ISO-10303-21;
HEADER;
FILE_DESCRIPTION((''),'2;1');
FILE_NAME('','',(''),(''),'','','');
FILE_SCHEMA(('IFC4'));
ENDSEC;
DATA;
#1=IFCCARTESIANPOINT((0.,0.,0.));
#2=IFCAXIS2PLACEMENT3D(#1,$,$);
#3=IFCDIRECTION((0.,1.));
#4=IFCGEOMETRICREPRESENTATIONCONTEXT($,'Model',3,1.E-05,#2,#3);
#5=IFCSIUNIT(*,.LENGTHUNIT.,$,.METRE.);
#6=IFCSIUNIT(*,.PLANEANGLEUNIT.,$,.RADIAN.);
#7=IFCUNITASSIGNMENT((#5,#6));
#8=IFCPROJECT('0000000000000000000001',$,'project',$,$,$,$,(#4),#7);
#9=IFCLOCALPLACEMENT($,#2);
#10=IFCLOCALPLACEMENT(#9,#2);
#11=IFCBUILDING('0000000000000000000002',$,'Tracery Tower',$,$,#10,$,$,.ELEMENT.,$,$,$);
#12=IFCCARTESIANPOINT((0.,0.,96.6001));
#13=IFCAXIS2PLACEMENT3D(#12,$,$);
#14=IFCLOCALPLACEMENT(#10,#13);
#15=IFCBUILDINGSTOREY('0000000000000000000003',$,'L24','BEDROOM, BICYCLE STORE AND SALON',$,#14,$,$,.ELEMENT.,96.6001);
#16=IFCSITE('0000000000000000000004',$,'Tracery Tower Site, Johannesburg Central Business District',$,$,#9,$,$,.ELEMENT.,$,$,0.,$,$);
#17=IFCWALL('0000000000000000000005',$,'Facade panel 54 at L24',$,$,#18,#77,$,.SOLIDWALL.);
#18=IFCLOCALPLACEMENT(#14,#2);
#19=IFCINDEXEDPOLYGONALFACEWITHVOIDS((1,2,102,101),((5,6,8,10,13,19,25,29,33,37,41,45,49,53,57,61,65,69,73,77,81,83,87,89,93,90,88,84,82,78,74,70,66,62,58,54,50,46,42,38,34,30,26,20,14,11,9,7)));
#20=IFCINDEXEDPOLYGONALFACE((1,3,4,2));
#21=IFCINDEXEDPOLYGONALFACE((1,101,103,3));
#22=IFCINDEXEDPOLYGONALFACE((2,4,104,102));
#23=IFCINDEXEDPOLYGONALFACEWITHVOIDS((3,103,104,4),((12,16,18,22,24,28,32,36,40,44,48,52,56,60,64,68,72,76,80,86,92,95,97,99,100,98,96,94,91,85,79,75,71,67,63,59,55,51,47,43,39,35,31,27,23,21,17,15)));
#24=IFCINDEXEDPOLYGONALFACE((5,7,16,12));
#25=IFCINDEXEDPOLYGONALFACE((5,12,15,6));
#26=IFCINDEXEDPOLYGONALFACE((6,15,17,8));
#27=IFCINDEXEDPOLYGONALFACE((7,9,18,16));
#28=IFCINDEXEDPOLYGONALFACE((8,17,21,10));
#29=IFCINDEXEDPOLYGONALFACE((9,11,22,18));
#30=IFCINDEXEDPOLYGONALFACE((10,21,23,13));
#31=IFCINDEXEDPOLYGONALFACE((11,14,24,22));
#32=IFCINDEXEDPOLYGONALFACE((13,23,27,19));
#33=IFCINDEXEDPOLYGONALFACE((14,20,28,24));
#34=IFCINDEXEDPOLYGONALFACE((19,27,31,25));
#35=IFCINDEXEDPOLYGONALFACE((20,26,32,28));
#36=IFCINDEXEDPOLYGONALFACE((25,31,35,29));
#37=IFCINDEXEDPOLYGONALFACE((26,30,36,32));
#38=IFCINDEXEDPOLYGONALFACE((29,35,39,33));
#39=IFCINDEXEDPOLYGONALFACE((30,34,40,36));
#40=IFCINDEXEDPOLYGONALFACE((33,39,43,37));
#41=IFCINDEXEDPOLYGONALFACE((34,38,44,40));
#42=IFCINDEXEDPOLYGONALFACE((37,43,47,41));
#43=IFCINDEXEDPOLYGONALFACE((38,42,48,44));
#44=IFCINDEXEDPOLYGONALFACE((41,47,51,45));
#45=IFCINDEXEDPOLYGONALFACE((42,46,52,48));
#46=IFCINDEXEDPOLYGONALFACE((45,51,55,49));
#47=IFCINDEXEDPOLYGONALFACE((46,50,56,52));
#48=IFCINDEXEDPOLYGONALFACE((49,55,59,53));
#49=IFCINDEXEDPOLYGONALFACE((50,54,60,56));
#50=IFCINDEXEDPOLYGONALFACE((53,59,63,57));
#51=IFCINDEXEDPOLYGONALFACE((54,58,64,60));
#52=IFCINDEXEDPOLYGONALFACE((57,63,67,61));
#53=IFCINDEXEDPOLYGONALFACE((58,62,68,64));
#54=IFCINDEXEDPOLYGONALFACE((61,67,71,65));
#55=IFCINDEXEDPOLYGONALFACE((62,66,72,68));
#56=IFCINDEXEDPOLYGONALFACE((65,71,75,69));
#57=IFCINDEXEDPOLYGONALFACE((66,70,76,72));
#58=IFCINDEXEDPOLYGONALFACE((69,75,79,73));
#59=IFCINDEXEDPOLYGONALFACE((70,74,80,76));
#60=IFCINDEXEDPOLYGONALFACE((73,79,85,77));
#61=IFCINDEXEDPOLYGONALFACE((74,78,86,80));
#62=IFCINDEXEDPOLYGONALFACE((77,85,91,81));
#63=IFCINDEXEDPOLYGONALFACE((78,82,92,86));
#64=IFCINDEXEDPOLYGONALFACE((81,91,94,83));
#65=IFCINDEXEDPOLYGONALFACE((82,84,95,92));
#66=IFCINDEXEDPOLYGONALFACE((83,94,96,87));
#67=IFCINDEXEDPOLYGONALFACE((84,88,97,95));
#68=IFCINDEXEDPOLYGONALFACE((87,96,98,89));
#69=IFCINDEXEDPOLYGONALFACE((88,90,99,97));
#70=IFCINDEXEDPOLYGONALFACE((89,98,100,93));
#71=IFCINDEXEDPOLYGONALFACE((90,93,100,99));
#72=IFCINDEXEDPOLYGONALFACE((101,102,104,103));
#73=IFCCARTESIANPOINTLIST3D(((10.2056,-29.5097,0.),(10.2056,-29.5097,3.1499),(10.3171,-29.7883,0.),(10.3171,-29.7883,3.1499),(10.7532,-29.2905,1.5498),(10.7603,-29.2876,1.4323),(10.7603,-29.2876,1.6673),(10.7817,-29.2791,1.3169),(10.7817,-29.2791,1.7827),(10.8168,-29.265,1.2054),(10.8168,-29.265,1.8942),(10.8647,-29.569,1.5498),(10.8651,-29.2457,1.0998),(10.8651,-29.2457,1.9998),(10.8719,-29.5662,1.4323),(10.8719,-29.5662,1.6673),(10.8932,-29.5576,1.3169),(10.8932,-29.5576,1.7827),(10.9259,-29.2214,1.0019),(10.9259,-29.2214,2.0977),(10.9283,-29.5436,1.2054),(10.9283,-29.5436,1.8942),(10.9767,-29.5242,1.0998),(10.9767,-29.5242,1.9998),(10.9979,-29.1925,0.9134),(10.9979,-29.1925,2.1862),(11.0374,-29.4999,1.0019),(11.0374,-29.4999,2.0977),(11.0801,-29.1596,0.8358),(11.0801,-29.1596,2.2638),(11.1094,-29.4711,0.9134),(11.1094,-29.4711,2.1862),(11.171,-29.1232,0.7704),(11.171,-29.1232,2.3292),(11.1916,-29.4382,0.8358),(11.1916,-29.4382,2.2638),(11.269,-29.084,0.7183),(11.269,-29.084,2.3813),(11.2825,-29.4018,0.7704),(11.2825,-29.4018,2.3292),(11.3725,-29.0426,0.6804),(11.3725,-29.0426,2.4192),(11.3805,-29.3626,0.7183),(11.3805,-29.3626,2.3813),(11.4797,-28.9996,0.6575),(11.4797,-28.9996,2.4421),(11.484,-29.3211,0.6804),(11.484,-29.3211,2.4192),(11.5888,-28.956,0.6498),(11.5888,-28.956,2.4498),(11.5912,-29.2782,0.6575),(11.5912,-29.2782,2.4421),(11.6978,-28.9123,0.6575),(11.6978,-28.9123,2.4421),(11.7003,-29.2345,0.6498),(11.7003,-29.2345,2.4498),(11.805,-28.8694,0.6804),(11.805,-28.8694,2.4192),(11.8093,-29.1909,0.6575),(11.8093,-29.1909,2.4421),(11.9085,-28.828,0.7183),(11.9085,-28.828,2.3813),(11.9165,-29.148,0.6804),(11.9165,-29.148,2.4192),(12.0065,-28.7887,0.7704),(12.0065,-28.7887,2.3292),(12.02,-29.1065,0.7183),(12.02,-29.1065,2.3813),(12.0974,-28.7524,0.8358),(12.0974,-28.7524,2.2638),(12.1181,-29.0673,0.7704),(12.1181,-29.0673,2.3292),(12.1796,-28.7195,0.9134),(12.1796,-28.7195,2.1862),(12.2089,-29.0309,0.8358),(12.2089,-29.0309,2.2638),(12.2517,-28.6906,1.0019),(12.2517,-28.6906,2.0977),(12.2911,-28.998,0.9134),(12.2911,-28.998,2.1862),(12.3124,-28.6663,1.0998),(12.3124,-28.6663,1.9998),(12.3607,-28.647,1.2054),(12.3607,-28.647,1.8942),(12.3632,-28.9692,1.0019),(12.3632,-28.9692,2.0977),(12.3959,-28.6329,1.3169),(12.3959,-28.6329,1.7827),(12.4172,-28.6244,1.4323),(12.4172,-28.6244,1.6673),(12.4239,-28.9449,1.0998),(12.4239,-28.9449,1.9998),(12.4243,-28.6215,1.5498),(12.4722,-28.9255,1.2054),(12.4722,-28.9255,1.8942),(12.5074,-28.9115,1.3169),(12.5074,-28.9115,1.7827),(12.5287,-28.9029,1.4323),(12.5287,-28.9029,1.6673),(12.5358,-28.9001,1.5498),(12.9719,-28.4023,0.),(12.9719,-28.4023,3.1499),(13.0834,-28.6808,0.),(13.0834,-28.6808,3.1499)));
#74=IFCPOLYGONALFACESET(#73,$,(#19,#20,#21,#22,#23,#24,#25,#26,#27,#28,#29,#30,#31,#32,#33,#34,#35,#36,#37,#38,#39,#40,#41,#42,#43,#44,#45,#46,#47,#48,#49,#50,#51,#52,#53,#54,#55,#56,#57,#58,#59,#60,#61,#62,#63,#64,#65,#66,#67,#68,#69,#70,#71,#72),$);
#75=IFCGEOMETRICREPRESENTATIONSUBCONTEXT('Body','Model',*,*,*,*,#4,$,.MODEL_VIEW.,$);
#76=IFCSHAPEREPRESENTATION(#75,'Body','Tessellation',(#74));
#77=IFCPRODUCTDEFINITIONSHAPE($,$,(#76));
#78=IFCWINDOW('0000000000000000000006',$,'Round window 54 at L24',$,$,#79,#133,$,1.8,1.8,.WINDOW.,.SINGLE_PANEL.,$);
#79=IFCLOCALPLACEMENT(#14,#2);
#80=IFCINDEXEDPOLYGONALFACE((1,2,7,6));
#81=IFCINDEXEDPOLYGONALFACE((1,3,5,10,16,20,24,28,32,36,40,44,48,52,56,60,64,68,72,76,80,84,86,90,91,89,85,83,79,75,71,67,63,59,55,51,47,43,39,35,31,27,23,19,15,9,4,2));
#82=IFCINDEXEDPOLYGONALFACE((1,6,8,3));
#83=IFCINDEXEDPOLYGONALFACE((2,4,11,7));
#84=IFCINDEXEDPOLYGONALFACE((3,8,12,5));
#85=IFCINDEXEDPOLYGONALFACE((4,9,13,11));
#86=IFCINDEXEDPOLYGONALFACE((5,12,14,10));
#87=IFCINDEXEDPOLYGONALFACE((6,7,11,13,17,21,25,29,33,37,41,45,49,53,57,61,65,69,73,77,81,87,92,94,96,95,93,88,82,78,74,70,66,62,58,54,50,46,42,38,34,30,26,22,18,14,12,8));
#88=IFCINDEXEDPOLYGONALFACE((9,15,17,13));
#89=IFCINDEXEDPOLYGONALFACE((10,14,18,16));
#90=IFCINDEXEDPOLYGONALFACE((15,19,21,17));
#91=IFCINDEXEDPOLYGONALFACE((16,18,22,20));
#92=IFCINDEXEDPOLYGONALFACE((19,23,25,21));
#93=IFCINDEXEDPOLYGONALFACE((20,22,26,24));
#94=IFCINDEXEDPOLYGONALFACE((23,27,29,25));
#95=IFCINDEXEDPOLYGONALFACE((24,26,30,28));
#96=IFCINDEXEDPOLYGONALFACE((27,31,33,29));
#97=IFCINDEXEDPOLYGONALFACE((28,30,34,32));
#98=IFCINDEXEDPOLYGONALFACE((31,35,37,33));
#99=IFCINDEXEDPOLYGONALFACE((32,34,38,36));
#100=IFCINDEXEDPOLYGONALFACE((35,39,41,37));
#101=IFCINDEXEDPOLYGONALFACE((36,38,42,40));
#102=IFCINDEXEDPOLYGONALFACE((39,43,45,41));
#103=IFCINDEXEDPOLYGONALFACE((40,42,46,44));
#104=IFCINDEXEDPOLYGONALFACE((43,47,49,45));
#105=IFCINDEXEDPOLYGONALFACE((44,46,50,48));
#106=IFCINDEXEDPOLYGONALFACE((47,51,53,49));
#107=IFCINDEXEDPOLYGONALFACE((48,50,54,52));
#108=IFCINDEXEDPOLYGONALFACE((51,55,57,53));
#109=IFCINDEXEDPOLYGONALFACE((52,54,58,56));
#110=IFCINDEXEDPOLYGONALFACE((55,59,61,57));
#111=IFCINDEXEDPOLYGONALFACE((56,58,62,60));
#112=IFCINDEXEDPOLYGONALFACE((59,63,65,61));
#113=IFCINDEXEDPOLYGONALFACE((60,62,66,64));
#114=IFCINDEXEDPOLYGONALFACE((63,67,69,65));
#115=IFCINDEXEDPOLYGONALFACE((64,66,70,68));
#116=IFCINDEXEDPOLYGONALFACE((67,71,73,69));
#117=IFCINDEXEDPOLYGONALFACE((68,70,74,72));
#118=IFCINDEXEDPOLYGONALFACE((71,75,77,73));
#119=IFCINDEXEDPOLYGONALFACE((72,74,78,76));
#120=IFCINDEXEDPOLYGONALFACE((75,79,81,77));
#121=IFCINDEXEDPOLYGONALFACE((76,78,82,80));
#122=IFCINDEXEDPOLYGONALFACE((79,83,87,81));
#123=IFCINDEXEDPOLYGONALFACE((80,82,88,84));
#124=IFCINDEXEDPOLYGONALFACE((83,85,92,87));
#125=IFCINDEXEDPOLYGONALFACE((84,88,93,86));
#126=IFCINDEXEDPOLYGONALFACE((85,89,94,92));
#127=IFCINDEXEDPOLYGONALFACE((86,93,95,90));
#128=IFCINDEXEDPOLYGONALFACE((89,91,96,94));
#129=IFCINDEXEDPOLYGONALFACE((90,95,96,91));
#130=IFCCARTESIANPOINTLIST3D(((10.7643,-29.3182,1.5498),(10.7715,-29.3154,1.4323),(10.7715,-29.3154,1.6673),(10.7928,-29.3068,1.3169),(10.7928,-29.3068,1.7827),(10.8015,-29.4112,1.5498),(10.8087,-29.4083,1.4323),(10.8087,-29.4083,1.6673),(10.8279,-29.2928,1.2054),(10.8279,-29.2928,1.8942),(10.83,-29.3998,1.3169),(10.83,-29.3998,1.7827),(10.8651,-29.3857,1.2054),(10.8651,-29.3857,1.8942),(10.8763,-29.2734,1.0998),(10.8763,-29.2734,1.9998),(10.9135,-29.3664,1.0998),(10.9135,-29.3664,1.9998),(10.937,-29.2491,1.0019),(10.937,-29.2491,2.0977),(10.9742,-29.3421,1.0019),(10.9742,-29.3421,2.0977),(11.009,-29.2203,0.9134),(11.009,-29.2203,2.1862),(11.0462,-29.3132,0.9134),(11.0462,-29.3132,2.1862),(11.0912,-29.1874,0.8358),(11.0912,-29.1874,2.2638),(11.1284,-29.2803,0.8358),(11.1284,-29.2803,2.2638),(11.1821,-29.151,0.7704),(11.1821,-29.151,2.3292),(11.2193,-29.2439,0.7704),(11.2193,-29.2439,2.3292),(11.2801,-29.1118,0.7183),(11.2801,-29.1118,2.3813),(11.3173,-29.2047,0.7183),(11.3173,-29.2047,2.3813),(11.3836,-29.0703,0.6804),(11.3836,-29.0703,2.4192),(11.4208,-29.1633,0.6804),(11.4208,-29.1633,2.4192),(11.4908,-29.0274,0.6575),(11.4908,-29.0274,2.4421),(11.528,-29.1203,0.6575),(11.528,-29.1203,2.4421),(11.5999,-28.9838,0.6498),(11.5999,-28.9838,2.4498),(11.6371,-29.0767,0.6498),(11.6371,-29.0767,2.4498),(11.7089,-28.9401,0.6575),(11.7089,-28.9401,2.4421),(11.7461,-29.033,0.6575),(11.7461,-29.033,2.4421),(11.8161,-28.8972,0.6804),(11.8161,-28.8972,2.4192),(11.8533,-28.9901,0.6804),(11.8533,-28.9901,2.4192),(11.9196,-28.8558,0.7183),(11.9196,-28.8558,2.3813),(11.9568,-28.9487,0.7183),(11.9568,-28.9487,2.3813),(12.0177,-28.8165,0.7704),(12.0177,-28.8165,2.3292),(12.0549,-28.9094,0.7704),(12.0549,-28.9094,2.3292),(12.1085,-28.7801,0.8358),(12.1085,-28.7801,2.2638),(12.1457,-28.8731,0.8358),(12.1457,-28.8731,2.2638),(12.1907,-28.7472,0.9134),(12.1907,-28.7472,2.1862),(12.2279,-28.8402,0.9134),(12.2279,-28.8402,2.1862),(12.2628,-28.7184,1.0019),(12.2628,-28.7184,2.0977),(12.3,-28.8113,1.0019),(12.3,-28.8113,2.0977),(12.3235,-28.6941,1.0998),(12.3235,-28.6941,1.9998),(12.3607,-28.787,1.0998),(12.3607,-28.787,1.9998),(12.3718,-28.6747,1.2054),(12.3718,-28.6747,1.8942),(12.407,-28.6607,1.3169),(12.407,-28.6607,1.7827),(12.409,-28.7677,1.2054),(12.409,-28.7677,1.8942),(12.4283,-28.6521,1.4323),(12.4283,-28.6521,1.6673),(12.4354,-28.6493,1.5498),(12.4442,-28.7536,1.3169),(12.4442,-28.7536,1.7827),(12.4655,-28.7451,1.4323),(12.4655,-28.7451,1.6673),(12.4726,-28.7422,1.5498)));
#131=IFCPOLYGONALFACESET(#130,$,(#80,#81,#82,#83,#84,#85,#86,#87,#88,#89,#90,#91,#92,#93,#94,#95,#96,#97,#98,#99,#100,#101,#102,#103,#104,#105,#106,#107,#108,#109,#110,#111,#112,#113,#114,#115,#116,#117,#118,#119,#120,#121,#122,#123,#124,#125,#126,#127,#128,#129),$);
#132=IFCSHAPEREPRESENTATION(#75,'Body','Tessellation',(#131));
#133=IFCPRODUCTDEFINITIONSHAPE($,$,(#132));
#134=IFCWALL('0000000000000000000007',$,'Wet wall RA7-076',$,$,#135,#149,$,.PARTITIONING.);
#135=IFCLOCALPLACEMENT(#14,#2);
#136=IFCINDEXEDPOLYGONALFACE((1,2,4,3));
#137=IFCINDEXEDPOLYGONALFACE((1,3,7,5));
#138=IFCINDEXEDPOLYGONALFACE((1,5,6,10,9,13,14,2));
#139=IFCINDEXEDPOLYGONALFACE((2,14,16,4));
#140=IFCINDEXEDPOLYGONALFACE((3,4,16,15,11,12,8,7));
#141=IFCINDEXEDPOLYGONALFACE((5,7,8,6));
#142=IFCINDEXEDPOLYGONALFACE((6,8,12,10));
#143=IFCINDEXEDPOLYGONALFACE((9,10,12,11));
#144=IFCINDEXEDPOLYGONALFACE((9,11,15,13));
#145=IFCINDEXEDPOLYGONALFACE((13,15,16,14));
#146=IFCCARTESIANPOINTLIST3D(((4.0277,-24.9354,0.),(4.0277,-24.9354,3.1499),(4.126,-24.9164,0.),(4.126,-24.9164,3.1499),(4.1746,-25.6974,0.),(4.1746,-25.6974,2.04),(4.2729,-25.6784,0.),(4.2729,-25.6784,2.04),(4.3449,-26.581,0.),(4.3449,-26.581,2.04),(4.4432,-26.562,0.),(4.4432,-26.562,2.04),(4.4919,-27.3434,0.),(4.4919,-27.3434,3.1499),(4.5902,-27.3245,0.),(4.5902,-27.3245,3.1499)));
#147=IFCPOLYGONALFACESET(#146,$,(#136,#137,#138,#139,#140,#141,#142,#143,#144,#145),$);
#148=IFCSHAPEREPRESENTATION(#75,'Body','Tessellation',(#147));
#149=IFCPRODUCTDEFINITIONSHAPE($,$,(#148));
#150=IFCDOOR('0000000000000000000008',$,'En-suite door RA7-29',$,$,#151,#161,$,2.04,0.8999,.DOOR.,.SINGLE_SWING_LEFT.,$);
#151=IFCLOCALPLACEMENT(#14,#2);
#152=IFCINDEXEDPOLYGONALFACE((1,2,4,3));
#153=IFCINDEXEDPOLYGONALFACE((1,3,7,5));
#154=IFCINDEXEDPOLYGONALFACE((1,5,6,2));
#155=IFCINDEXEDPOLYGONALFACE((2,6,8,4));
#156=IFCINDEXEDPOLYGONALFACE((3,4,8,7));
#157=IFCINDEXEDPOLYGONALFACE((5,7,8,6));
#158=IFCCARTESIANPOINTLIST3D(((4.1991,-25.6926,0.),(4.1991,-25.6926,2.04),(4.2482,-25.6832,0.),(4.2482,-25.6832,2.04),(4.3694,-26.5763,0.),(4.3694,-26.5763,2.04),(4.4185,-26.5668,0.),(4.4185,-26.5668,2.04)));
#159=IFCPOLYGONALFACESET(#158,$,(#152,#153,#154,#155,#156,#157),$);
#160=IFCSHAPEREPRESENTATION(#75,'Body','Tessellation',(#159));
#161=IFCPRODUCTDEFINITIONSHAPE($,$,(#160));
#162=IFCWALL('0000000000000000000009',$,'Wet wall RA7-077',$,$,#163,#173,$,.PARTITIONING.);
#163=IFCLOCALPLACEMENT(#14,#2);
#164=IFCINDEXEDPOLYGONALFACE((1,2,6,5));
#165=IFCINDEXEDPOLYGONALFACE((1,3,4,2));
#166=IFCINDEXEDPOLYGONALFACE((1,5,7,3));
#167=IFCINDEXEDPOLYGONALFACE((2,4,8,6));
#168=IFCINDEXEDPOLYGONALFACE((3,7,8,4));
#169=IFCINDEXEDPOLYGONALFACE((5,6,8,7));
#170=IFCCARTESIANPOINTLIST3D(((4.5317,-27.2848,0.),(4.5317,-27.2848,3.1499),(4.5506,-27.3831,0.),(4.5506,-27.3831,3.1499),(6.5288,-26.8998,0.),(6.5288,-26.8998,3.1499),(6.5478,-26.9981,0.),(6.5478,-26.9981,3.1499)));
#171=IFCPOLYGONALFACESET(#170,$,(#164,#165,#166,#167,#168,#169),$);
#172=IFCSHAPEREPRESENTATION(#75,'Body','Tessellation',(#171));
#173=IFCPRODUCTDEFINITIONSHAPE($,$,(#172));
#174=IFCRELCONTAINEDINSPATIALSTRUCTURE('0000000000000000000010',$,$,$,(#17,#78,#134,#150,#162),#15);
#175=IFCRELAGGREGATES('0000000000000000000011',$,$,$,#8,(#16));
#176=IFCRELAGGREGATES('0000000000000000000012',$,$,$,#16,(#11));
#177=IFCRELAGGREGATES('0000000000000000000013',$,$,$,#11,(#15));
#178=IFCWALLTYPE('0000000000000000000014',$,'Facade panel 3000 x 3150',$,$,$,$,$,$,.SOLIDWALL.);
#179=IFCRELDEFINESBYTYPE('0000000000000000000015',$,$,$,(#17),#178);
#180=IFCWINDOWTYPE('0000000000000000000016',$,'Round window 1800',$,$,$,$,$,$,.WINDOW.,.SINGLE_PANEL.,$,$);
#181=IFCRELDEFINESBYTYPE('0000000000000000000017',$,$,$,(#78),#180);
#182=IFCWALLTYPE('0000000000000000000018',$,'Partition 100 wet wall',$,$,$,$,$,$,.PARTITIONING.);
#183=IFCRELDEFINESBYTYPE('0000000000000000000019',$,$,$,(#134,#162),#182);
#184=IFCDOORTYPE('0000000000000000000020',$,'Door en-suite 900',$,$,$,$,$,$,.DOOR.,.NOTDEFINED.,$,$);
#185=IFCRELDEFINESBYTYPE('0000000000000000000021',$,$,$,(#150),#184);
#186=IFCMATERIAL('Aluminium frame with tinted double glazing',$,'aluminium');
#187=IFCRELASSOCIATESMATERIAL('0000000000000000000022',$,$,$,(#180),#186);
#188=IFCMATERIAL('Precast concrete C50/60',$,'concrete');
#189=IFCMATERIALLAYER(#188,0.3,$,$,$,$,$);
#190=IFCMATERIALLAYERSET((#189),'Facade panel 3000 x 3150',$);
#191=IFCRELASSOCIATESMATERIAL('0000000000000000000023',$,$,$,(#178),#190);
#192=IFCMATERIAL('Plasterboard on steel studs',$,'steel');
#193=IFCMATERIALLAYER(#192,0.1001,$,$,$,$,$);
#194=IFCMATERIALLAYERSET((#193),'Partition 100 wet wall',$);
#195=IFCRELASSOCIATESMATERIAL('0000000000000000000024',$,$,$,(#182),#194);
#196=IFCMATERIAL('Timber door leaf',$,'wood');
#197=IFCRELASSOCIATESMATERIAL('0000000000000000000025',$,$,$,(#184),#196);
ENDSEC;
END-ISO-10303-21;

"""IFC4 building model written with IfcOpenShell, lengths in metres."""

from ifc_helpers import new_model, si_unit, direction, frame, frame_2d, origin, origin_2d, place, context, subcontext, project, spatial, rectangle, circle, extrude, material, layer, layer_set, type_object, element, fill, save


model = new_model("IFC4")

# Units and contexts
model_context = context("Model", 3, precision=1e-05, world=origin(), true_north=direction((0.0, 1.0)))
body_context = subcontext(model_context, "Body", "Model", "MODEL_VIEW")
ifc_project = project(units=[si_unit("LENGTHUNIT", "METRE"), si_unit("PLANEANGLEUNIT", "RADIAN")], contexts=[model_context])

# Site, building, storey
site_placement = place(None, origin())
site = spatial("IfcSite", under=ifc_project, at=site_placement, Name="Tracery Tower Site, Johannesburg Central Business District", CompositionType="ELEMENT", RefElevation=0.0)
building_placement = place(site_placement, origin())
building = spatial("IfcBuilding", under=site, at=building_placement, Name="Tracery Tower", CompositionType="ELEMENT")
storey_placement = place(building_placement, frame((0.0, 0.0, 96.6001)))
storey = spatial("IfcBuildingStorey", under=building, at=storey_placement, Name="L24", Description="BEDROOM, BICYCLE STORE AND SALON", CompositionType="ELEMENT", Elevation=96.6001)

# Wall, opening, window
ifc_material_1 = material(Name="Aluminium frame with tinted double glazing", Category="aluminium")
window_type = type_object("IfcWindowType", Name="Round window 1800", PartitioningType="SINGLE_PANEL", PredefinedType="WINDOW", material=ifc_material_1)
ifc_material_2 = material(Name="Precast concrete C50/60", Category="concrete")
ifc_layer_1 = layer(ifc_material_2, 0.3)
ifc_layer_set_1 = layer_set([ifc_layer_1], Name="Facade panel 3000 x 3150")
wall_type_1 = type_object("IfcWallType", Name="Facade panel 3000 x 3150", PredefinedType="SOLIDWALL", material=ifc_layer_set_1)
wall_1_placement = place(storey_placement, frame((10.2615, -29.6489, 0.0), z_axis=(0.0, 0.0, 1.0), x_axis=(0.928375, 0.371645, 0.0)))
wall_1 = element("IfcWall", 1, at=wall_1_placement, inside=storey, type_object=wall_type_1, Name="Facade panel 54 at L24", PredefinedType="SOLIDWALL", context=body_context, shape_type="SweptSolid", body=[
    extrude(rectangle(XDim=2.9797, YDim=0.3, at=frame_2d((1.4897, 0.0))), origin(), (0.0, 0.0, 1.0), 3.1499),
])
opening_1_placement = place(wall_1_placement, frame((1.4897, 0.0, 1.5498)))
opening_1 = element("IfcOpeningElement", 2, at=opening_1_placement, cuts=wall_1, PredefinedType="OPENING", context=body_context, shape_type="SweptSolid", body=[
    extrude(circle(Radius=0.9, at=origin_2d()), frame((0.0, 0.1599, 0.0), z_axis=(0.0, -1.0, 0.0), x_axis=(1.0, 0.0, 0.0)), (0.0, 0.0, 1.0), 0.3201),
])
window_1_placement = place(opening_1_placement, origin())
window_1 = element("IfcWindow", 3, at=window_1_placement, inside=storey, type_object=window_type, Name="Round window 54 at L24", OverallHeight=1.8, OverallWidth=1.8, PartitioningType="SINGLE_PANEL", PredefinedType="WINDOW", context=body_context, shape_type="SweptSolid", body=[
    extrude(circle(Radius=0.9, at=origin_2d()), frame((0.0, 0.1201, 0.0), z_axis=(0.0, -1.0, 0.0), x_axis=(1.0, 0.0, 0.0)), (0.0, 0.0, 1.0), 0.1001),
])
fill(opening_1, window_1)

# Wall, opening, door
ifc_material_3 = material(Name="Plasterboard on steel studs", Category="steel")
ifc_layer_2 = layer(ifc_material_3, 0.1001)
ifc_layer_set_2 = layer_set([ifc_layer_2], Name="Partition 100 wet wall")
wall_type_2 = type_object("IfcWallType", Name="Partition 100 wet wall", PredefinedType="PARTITIONING", material=ifc_layer_set_2)
wall_2_placement = place(storey_placement, frame((4.0769, -24.926, 0.0), z_axis=(0.0, 0.0, 1.0), x_axis=(0.189257, -0.981928, 0.0)))
wall_2 = element("IfcWall", 4, at=wall_2_placement, inside=storey, type_object=wall_type_2, Name="Wet wall RA7-076", PredefinedType="PARTITIONING", context=body_context, shape_type="SweptSolid", body=[
    extrude(rectangle(XDim=2.4524, YDim=0.1001, at=frame_2d((1.2261, 0.0))), origin(), (0.0, 0.0, 1.0), 3.1499),
])
opening_2_placement = place(wall_2_placement, frame((0.7759, 0.0, 0.0)))
opening_2 = element("IfcOpeningElement", 5, at=opening_2_placement, cuts=wall_2, PredefinedType="OPENING", context=body_context, shape_type="SweptSolid", body=[
    extrude(rectangle(XDim=0.8999, YDim=2.04, at=frame_2d((0.45, 1.02))), frame((0.0, 0.05, 0.0), z_axis=(0.0, -1.0, 0.0), x_axis=(1.0, 0.0, 0.0)), (0.0, 0.0, 1.0), 0.1001),
])
ifc_material_4 = material(Name="Timber door leaf", Category="wood")
door_type_1 = type_object("IfcDoorType", Name="Door en-suite 900", OperationType="NOTDEFINED", PredefinedType="DOOR", material=ifc_material_4)
door_1_placement = place(opening_2_placement, origin())
door_1 = element("IfcDoor", 6, at=door_1_placement, inside=storey, type_object=door_type_1, Name="En-suite door RA7-29", OperationType="SINGLE_SWING_LEFT", OverallHeight=2.04, OverallWidth=0.8999, PredefinedType="DOOR", context=body_context, shape_type="SweptSolid", body=[
    extrude(rectangle(XDim=0.8999, YDim=2.04, at=frame_2d((0.45, 1.02))), frame((0.0, 0.0249, 0.0), z_axis=(0.0, -1.0, 0.0), x_axis=(1.0, 0.0, 0.0)), (0.0, 0.0, 1.0), 0.05),
])
fill(opening_2, door_1)

# Wall
wall_3_placement = place(storey_placement, frame((4.541, -27.334, 0.0), z_axis=(0.0, 0.0, 1.0), x_axis=(0.981919, 0.189302, 0.0)))
element("IfcWall", 7, at=wall_3_placement, inside=storey, type_object=wall_type_2, Name="Wet wall RA7-077", PredefinedType="PARTITIONING", context=body_context, shape_type="SweptSolid", body=[
    extrude(rectangle(XDim=2.0339, YDim=0.1001, at=frame_2d((1.0171, 0.0))), origin(), (0.0, 0.0, 1.0), 3.1499),
])

save(model, "model.ifc")
